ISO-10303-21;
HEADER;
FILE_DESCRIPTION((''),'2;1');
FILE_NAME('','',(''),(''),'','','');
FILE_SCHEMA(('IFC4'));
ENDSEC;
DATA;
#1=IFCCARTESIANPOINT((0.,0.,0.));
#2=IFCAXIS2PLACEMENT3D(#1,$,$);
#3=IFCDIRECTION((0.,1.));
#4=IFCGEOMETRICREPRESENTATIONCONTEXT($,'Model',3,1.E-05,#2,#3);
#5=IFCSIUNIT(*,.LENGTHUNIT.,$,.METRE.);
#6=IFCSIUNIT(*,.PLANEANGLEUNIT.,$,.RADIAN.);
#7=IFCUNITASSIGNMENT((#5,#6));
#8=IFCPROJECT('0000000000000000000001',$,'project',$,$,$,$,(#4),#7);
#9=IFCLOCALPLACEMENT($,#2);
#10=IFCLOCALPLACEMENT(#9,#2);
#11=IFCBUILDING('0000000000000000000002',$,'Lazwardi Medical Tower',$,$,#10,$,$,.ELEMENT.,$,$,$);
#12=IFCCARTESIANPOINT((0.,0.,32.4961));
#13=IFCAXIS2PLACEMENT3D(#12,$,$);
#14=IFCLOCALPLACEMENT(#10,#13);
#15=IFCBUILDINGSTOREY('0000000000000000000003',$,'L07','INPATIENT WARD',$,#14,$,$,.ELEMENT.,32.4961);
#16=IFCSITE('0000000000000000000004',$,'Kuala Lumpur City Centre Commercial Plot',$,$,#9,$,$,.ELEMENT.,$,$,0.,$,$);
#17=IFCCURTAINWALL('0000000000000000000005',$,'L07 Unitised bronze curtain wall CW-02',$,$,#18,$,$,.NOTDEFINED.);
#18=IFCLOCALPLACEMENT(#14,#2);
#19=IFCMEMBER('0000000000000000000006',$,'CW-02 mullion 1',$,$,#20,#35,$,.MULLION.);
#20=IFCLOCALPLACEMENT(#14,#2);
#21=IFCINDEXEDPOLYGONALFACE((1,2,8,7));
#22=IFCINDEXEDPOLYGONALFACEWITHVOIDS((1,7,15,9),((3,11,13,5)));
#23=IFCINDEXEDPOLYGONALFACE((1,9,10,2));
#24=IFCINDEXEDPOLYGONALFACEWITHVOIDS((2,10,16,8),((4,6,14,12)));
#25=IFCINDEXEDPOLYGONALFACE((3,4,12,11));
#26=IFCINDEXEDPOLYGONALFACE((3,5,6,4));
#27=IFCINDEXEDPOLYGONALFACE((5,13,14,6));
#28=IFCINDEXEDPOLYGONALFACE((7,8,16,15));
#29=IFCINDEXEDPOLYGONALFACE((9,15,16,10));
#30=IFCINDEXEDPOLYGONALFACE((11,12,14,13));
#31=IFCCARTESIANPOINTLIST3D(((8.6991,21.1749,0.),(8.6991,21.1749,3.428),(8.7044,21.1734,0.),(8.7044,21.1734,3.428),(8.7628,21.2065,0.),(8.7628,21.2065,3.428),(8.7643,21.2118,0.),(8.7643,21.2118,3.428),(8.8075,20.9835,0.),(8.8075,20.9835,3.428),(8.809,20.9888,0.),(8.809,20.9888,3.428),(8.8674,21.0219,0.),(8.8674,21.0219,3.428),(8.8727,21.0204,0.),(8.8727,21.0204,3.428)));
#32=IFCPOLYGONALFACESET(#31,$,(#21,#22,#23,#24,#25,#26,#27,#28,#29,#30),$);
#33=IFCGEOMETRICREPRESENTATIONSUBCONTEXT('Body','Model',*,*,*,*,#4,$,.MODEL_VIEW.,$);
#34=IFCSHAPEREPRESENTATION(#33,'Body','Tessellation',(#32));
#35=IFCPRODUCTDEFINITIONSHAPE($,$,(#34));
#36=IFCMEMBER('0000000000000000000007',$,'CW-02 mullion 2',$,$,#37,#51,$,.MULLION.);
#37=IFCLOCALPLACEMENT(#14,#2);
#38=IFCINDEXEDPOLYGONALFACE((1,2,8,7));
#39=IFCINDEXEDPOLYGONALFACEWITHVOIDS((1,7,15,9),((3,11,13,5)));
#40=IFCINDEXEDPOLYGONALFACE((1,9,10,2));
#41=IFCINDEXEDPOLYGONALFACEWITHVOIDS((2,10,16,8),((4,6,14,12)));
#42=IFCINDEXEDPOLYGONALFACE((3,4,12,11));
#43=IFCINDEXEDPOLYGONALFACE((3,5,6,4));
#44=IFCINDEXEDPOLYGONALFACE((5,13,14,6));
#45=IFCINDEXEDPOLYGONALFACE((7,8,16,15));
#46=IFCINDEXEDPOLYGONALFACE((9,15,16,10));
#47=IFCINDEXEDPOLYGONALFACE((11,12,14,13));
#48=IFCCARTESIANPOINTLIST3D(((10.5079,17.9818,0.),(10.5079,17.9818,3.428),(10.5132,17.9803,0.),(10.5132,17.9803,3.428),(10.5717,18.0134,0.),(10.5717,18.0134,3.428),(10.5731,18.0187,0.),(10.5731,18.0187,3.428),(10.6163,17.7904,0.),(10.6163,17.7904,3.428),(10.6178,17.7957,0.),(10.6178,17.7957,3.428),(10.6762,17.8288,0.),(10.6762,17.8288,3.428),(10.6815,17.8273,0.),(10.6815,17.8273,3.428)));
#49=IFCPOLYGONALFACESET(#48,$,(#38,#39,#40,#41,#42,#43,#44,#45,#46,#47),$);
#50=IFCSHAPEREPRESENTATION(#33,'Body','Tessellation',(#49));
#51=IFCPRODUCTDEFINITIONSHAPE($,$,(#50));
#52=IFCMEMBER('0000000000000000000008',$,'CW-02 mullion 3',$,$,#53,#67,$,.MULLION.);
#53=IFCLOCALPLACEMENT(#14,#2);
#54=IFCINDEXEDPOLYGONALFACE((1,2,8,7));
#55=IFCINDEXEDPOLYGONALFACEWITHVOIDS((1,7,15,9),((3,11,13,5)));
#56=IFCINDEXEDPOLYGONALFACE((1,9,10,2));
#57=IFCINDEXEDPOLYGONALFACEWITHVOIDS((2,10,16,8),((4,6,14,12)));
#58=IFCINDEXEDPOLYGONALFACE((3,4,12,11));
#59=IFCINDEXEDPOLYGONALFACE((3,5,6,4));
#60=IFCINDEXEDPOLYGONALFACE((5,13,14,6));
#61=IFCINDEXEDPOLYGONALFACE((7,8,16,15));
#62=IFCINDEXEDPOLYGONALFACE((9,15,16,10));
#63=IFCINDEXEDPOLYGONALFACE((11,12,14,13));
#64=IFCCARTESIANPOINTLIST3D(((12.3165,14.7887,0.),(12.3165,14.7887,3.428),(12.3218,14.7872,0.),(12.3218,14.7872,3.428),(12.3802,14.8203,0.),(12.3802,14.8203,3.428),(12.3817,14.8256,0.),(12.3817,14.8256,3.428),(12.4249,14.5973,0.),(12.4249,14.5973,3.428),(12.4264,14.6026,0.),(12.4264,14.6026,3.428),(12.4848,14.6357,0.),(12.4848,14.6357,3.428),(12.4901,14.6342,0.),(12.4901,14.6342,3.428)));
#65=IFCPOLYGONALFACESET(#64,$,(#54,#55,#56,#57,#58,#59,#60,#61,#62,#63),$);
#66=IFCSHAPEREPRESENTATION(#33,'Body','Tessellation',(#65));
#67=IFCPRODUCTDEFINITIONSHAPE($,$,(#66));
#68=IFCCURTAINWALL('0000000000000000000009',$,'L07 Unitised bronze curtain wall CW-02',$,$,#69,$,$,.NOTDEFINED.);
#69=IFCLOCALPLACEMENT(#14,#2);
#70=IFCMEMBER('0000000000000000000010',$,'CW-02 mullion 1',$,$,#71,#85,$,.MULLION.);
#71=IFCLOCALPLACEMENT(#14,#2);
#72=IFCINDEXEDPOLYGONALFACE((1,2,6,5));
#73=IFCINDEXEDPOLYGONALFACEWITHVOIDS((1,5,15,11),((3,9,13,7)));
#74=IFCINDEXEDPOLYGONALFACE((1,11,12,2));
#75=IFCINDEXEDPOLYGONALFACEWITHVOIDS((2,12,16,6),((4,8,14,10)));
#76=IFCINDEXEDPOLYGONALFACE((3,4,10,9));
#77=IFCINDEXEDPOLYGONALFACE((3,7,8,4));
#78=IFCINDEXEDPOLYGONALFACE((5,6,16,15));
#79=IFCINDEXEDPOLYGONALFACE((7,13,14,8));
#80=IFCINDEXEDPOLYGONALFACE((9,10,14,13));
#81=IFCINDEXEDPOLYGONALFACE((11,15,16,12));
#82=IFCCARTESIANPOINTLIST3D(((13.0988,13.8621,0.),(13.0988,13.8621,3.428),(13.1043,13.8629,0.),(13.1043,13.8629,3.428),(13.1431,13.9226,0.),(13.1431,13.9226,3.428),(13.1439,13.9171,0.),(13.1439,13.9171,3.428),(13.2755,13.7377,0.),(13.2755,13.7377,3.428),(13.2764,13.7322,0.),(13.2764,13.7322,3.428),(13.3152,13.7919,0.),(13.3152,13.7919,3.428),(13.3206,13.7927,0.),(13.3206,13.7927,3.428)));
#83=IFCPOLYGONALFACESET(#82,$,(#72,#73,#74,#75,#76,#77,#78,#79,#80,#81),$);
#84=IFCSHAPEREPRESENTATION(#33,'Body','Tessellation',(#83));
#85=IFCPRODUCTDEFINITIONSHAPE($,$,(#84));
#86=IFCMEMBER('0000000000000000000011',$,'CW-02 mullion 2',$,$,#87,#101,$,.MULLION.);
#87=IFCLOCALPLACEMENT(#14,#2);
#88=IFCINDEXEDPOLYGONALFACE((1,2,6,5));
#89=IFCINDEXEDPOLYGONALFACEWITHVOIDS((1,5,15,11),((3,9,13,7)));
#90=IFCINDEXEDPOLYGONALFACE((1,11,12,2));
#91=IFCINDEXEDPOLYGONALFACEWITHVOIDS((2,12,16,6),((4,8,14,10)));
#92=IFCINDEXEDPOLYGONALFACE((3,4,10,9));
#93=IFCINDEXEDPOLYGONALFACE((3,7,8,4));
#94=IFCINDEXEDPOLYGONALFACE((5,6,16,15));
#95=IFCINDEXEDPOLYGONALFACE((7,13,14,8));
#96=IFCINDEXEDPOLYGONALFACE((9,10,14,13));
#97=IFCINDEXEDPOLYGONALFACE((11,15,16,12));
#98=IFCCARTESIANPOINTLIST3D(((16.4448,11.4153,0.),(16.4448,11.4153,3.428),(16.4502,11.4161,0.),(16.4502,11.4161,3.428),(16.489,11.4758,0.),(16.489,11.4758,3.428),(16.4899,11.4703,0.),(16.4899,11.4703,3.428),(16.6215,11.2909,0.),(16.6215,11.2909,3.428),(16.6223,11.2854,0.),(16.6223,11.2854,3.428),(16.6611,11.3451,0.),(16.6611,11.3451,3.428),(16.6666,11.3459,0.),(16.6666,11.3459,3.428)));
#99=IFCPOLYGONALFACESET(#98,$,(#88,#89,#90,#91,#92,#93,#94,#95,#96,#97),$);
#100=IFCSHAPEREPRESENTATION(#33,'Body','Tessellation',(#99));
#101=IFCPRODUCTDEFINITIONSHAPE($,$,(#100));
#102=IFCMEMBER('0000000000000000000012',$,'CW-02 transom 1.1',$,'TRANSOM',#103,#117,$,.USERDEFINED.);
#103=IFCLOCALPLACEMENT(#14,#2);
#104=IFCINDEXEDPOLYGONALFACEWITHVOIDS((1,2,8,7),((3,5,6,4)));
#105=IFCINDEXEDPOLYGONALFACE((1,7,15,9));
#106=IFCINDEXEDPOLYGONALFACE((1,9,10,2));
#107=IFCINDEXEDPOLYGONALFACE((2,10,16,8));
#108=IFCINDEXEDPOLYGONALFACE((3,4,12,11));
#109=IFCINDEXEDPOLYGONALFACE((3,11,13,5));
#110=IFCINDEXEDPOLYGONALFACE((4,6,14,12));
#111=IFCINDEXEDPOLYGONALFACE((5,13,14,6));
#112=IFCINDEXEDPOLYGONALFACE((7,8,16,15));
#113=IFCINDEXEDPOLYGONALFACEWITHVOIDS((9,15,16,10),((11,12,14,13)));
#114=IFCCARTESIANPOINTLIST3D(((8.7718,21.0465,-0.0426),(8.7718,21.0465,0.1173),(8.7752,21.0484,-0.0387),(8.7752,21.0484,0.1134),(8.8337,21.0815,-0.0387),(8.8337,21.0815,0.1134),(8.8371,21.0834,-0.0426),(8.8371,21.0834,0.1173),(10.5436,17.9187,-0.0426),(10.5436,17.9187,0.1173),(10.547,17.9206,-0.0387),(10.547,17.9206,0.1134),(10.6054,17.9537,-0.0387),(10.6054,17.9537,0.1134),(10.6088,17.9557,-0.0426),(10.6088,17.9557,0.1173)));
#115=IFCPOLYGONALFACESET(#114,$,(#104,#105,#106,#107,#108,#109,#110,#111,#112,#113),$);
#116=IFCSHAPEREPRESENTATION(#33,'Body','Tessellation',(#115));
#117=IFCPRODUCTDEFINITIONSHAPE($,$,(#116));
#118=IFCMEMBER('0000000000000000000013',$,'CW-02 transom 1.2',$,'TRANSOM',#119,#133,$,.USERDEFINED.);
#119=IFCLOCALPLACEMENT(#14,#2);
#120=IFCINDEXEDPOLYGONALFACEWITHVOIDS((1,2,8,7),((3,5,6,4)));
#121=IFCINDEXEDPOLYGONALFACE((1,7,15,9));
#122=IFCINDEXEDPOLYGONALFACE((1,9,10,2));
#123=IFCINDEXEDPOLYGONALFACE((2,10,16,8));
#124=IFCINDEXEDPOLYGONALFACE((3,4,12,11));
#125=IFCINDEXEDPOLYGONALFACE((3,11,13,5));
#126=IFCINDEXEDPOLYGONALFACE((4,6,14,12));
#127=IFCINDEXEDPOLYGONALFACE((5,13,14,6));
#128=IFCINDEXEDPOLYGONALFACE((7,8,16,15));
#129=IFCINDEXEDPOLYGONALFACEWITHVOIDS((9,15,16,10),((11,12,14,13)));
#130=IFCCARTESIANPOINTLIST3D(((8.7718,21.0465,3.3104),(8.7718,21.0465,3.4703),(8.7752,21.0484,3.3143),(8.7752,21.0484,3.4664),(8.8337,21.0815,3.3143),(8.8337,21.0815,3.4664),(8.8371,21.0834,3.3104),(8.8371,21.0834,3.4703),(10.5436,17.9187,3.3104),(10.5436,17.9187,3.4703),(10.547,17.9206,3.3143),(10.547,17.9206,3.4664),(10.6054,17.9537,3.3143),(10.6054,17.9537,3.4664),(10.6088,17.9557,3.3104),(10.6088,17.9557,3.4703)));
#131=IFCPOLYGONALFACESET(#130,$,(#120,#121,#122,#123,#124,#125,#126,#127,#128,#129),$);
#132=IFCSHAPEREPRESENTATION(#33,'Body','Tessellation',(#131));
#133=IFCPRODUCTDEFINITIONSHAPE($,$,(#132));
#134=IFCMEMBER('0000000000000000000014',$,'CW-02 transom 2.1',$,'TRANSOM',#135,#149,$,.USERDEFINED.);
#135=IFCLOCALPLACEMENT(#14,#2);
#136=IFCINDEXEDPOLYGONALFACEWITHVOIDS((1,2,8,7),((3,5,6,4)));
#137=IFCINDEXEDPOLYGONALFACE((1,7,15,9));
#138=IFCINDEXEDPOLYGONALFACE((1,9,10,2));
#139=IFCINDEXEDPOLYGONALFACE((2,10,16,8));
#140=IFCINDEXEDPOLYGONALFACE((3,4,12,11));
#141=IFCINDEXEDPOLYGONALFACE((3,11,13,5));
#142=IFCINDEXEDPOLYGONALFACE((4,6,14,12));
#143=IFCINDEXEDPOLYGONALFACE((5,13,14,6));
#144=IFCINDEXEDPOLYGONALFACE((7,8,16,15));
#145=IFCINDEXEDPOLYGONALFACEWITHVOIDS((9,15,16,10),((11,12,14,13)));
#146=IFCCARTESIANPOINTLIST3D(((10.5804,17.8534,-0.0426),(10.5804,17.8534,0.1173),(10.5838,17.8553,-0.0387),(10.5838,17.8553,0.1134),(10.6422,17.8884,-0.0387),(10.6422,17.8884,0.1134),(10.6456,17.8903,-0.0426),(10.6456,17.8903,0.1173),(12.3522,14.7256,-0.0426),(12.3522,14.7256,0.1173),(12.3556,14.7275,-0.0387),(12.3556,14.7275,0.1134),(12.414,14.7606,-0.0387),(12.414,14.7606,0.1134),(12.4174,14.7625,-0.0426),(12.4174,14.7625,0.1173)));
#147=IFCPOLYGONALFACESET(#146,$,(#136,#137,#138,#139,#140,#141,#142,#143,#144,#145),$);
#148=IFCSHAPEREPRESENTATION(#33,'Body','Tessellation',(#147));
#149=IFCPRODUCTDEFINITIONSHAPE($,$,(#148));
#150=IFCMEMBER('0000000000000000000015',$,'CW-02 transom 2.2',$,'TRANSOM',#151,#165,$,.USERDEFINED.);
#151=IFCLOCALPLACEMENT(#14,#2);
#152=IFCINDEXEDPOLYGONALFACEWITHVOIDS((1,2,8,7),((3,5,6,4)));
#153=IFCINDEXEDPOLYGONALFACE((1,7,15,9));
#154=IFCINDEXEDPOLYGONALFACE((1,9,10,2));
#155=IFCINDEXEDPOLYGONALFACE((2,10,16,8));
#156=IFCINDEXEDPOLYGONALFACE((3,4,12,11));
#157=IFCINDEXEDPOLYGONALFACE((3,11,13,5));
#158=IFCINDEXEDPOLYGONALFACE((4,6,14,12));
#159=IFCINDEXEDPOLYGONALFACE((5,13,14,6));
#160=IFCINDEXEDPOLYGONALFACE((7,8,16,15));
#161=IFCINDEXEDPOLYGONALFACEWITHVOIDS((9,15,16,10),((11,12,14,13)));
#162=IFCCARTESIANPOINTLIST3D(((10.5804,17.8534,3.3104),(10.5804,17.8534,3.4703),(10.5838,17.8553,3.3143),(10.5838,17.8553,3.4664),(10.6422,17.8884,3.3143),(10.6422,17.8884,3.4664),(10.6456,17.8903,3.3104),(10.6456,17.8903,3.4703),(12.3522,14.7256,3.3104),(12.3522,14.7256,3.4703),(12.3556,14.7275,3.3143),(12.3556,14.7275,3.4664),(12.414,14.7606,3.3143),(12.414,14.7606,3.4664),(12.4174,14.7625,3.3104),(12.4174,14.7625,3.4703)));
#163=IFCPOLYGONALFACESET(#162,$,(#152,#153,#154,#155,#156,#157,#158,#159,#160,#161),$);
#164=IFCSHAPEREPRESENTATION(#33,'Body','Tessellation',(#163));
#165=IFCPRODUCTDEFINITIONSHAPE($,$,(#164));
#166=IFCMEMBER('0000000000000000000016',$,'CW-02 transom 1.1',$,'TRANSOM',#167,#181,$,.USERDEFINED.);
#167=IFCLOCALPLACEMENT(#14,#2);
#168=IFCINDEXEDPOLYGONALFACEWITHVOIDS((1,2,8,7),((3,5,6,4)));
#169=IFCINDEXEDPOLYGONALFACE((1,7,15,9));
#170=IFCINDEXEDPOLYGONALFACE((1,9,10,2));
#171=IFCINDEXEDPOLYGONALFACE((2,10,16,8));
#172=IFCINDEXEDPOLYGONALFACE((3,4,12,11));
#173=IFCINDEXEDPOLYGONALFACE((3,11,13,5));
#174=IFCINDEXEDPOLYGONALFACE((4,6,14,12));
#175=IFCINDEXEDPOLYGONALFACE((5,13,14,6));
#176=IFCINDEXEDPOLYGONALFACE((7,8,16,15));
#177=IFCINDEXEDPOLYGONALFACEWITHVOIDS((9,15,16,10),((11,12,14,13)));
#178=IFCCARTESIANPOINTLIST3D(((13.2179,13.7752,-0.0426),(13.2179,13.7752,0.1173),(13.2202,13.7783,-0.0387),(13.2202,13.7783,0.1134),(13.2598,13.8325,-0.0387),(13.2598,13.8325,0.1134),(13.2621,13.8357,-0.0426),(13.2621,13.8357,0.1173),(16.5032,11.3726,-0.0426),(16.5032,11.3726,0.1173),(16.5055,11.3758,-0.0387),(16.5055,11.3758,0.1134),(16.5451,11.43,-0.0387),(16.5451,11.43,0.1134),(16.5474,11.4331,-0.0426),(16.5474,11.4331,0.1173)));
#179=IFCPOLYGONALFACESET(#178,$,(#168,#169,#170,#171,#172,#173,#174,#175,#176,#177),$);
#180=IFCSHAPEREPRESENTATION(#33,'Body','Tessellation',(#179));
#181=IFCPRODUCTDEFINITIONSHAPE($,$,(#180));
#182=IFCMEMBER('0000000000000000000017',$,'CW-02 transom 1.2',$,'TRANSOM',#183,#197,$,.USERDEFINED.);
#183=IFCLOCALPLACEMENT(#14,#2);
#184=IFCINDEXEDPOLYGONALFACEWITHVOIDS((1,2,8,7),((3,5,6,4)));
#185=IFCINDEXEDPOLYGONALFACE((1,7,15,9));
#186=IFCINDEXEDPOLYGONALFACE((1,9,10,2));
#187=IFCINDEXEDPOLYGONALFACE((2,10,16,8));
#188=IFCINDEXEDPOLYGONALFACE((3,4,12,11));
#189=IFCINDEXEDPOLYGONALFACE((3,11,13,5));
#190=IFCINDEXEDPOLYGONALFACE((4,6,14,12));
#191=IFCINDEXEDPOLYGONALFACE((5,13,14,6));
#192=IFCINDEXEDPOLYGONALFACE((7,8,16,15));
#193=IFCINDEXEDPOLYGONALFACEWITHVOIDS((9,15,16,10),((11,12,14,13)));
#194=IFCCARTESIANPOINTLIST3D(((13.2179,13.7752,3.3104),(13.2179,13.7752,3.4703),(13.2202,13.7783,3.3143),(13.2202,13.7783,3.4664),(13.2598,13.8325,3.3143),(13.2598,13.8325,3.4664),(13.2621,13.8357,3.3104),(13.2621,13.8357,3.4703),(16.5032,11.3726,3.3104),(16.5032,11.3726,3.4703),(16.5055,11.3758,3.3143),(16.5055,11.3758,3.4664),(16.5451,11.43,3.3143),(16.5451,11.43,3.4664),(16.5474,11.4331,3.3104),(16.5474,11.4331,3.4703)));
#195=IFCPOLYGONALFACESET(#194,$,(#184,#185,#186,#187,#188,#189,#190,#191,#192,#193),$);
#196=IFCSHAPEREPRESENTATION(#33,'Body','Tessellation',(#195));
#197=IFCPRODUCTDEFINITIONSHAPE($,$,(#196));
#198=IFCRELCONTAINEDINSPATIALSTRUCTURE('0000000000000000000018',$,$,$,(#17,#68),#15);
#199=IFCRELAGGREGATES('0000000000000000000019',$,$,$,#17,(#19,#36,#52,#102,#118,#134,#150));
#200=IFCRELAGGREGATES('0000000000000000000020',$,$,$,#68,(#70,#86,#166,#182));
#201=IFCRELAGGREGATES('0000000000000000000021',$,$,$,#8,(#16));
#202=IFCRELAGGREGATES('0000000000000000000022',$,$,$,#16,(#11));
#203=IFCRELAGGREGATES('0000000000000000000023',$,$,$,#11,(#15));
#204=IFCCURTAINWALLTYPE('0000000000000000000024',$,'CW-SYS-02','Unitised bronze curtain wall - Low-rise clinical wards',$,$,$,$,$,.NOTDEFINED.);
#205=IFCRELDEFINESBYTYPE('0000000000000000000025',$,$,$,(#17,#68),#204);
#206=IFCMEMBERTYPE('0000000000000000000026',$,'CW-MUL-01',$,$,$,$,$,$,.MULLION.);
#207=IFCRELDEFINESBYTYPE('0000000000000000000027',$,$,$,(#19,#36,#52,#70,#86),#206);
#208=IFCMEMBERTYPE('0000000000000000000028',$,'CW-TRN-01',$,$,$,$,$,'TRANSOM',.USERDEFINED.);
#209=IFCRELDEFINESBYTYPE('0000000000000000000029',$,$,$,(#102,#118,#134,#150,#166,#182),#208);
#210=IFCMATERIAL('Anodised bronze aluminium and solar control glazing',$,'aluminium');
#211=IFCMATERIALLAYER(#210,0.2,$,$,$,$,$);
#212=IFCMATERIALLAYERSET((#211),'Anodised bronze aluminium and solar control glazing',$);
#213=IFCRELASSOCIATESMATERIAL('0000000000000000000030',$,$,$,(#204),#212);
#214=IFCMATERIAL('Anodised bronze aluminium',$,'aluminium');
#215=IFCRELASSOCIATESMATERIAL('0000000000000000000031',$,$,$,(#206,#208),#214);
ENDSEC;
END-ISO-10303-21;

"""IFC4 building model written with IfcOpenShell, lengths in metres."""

from ifc_helpers import new_model, si_unit, direction, frame, origin, origin_2d, place, context, subcontext, project, spatial, hollow_rectangle, extrude, material, layer, layer_set, material_profile, profile_set, type_object, element, aggregate, save


model = new_model("IFC4")

# Units and contexts
model_context = context("Model", 3, precision=1e-05, world=origin(), true_north=direction((0.0, 1.0)))
body_context = subcontext(model_context, "Body", "Model", "MODEL_VIEW")
ifc_project = project(units=[si_unit("LENGTHUNIT", "METRE"), si_unit("PLANEANGLEUNIT", "RADIAN")], contexts=[model_context])

# Site, building, storey
site_placement = place(None, origin())
site = spatial("IfcSite", under=ifc_project, at=site_placement, Name="Kuala Lumpur City Centre Commercial Plot", CompositionType="ELEMENT", RefElevation=0.0)
building_placement = place(site_placement, origin())
building = spatial("IfcBuilding", under=site, at=building_placement, Name="Lazwardi Medical Tower", CompositionType="ELEMENT")
storey_placement = place(building_placement, frame((0.0, 0.0, 32.4961)))
storey = spatial("IfcBuildingStorey", under=building, at=storey_placement, Name="L07", Description="INPATIENT WARD", CompositionType="ELEMENT", Elevation=32.4961)

# Curtain walls, members
ifc_material_1 = material(Name="Anodised bronze aluminium and solar control glazing", Category="aluminium")
ifc_layer_1 = layer(ifc_material_1, 0.2)
ifc_layer_set_1 = layer_set([ifc_layer_1], Name="Anodised bronze aluminium and solar control glazing")
curtain_wall_type = type_object("IfcCurtainWallType", Name="CW-SYS-02", Description="Unitised bronze curtain wall - Low-rise clinical wards", PredefinedType="NOTDEFINED", material=ifc_layer_set_1)
curtain_wall_1_placement = place(storey_placement, origin())
curtain_wall_1 = element("IfcCurtainWall", 1, at=curtain_wall_1_placement, inside=storey, type_object=curtain_wall_type, Name="L07 Unitised bronze curtain wall CW-02", PredefinedType="NOTDEFINED")
ifc_material_2 = material(Name="Anodised bronze aluminium", Category="aluminium")
ifc_material_profile_1 = material_profile(ifc_material_2, hollow_rectangle(XDim=0.075, YDim=0.22, WallThickness=0.0039, at=origin_2d()), Name="ALU-MULLION 220x75x4")
ifc_profile_set_1 = profile_set([ifc_material_profile_1], Name="Anodised bronze aluminium")
member_type_1 = type_object("IfcMemberType", Name="CW-MUL-01", PredefinedType="MULLION", material=ifc_profile_set_1)
member_1_placement = place(storey_placement, frame((8.7859, 21.0977, 0.0), z_axis=(0.0, 0.0, 1.0), x_axis=(0.870112, 0.492854, 0.0)))
member_1 = element("IfcMember", 2, at=member_1_placement, type_object=member_type_1, Name="CW-02 mullion 1", PredefinedType="MULLION", context=body_context, shape_type="SweptSolid", body=[
    extrude(hollow_rectangle(XDim=0.075, YDim=0.22, WallThickness=0.0039, at=origin_2d()), origin(), (0.0, 0.0, 1.0), 3.428),
])
member_2_placement = place(storey_placement, frame((10.5947, 17.9045, 0.0), z_axis=(0.0, 0.0, 1.0), x_axis=(0.870112, 0.492854, 0.0)))
member_2 = element("IfcMember", 3, at=member_2_placement, type_object=member_type_1, Name="CW-02 mullion 2", PredefinedType="MULLION", context=body_context, shape_type="SweptSolid", body=[
    extrude(hollow_rectangle(XDim=0.075, YDim=0.22, WallThickness=0.0039, at=origin_2d()), origin(), (0.0, 0.0, 1.0), 3.428),
])
member_3_placement = place(storey_placement, frame((12.4033, 14.7114, 0.0), z_axis=(0.0, 0.0, 1.0), x_axis=(0.870112, 0.492854, 0.0)))
member_3 = element("IfcMember", 4, at=member_3_placement, type_object=member_type_1, Name="CW-02 mullion 3", PredefinedType="MULLION", context=body_context, shape_type="SweptSolid", body=[
    extrude(hollow_rectangle(XDim=0.075, YDim=0.22, WallThickness=0.0039, at=origin_2d()), origin(), (0.0, 0.0, 1.0), 3.428),
])
curtain_wall_2_placement = place(storey_placement, origin())
curtain_wall_2 = element("IfcCurtainWall", 5, at=curtain_wall_2_placement, inside=storey, type_object=curtain_wall_type, Name="L07 Unitised bronze curtain wall CW-02", PredefinedType="NOTDEFINED")
member_4_placement = place(storey_placement, frame((13.2097, 13.8274, 0.0), z_axis=(0.0, 0.0, 1.0), x_axis=(0.590289, 0.807192, 0.0)))
member_4 = element("IfcMember", 6, at=member_4_placement, type_object=member_type_1, Name="CW-02 mullion 1", PredefinedType="MULLION", context=body_context, shape_type="SweptSolid", body=[
    extrude(hollow_rectangle(XDim=0.075, YDim=0.22, WallThickness=0.0039, at=origin_2d()), origin(), (0.0, 0.0, 1.0), 3.428),
])
member_5_placement = place(storey_placement, frame((16.5557, 11.3806, 0.0), z_axis=(0.0, 0.0, 1.0), x_axis=(0.590289, 0.807192, 0.0)))
member_5 = element("IfcMember", 7, at=member_5_placement, type_object=member_type_1, Name="CW-02 mullion 2", PredefinedType="MULLION", context=body_context, shape_type="SweptSolid", body=[
    extrude(hollow_rectangle(XDim=0.075, YDim=0.22, WallThickness=0.0039, at=origin_2d()), origin(), (0.0, 0.0, 1.0), 3.428),
])

# Members
ifc_material_profile_2 = material_profile(ifc_material_2, hollow_rectangle(XDim=0.075, YDim=0.1599, WallThickness=0.0039, at=origin_2d()), Name="ALU-TRANSOM 160x75x4")
ifc_profile_set_2 = profile_set([ifc_material_profile_2], Name="Anodised bronze aluminium")
member_type_2 = type_object("IfcMemberType", Name="CW-TRN-01", ElementType="TRANSOM", PredefinedType="USERDEFINED", material=ifc_profile_set_2)
member_6_placement = place(storey_placement, frame((8.8044, 21.0649, 0.0374), z_axis=(0.492881, -0.870097, 0.0), x_axis=(0.870097, 0.492881, 0.0)))
member_6 = element("IfcMember", 8, at=member_6_placement, type_object=member_type_2, Name="CW-02 transom 1.1", ObjectType="TRANSOM", PredefinedType="USERDEFINED", context=body_context, shape_type="SweptSolid", body=[
    extrude(hollow_rectangle(XDim=0.075, YDim=0.1599, WallThickness=0.0039, at=origin_2d()), origin(), (0.0, 0.0, 1.0), 3.5947),
])
member_7_placement = place(storey_placement, frame((8.8044, 21.0649, 3.3904), z_axis=(0.492881, -0.870097, 0.0), x_axis=(0.870097, 0.492881, 0.0)))
member_7 = element("IfcMember", 9, at=member_7_placement, type_object=member_type_2, Name="CW-02 transom 1.2", ObjectType="TRANSOM", PredefinedType="USERDEFINED", context=body_context, shape_type="SweptSolid", body=[
    extrude(hollow_rectangle(XDim=0.075, YDim=0.1599, WallThickness=0.0039, at=origin_2d()), origin(), (0.0, 0.0, 1.0), 3.5947),
])
member_8_placement = place(storey_placement, frame((10.613, 17.8718, 0.0374), z_axis=(0.492881, -0.870097, 0.0), x_axis=(0.870097, 0.492881, 0.0)))
member_8 = element("IfcMember", 10, at=member_8_placement, type_object=member_type_2, Name="CW-02 transom 2.1", ObjectType="TRANSOM", PredefinedType="USERDEFINED", context=body_context, shape_type="SweptSolid", body=[
    extrude(hollow_rectangle(XDim=0.075, YDim=0.1599, WallThickness=0.0039, at=origin_2d()), origin(), (0.0, 0.0, 1.0), 3.5947),
])
member_9_placement = place(storey_placement, frame((10.613, 17.8718, 3.3904), z_axis=(0.492881, -0.870097, 0.0), x_axis=(0.870097, 0.492881, 0.0)))
member_9 = element("IfcMember", 11, at=member_9_placement, type_object=member_type_2, Name="CW-02 transom 2.2", ObjectType="TRANSOM", PredefinedType="USERDEFINED", context=body_context, shape_type="SweptSolid", body=[
    extrude(hollow_rectangle(XDim=0.075, YDim=0.1599, WallThickness=0.0039, at=origin_2d()), origin(), (0.0, 0.0, 1.0), 3.5947),
])
member_10_placement = place(storey_placement, frame((13.24, 13.8054, 0.0374), z_axis=(0.80719, -0.590292, 0.0), x_axis=(0.590292, 0.80719, 0.0)))
member_10 = element("IfcMember", 12, at=member_10_placement, type_object=member_type_2, Name="CW-02 transom 1.1", ObjectType="TRANSOM", PredefinedType="USERDEFINED", context=body_context, shape_type="SweptSolid", body=[
    extrude(hollow_rectangle(XDim=0.075, YDim=0.1599, WallThickness=0.0039, at=origin_2d()), origin(), (0.0, 0.0, 1.0), 4.0701),
])
member_11_placement = place(storey_placement, frame((13.24, 13.8054, 3.3904), z_axis=(0.80719, -0.590292, 0.0), x_axis=(0.590292, 0.80719, 0.0)))
member_11 = element("IfcMember", 13, at=member_11_placement, type_object=member_type_2, Name="CW-02 transom 1.2", ObjectType="TRANSOM", PredefinedType="USERDEFINED", context=body_context, shape_type="SweptSolid", body=[
    extrude(hollow_rectangle(XDim=0.075, YDim=0.1599, WallThickness=0.0039, at=origin_2d()), origin(), (0.0, 0.0, 1.0), 4.0701),
])

aggregate(curtain_wall_1, [member_1, member_2, member_3, member_6, member_7, member_8, member_9])
aggregate(curtain_wall_2, [member_4, member_5, member_10, member_11])

save(model, "model.ifc")
